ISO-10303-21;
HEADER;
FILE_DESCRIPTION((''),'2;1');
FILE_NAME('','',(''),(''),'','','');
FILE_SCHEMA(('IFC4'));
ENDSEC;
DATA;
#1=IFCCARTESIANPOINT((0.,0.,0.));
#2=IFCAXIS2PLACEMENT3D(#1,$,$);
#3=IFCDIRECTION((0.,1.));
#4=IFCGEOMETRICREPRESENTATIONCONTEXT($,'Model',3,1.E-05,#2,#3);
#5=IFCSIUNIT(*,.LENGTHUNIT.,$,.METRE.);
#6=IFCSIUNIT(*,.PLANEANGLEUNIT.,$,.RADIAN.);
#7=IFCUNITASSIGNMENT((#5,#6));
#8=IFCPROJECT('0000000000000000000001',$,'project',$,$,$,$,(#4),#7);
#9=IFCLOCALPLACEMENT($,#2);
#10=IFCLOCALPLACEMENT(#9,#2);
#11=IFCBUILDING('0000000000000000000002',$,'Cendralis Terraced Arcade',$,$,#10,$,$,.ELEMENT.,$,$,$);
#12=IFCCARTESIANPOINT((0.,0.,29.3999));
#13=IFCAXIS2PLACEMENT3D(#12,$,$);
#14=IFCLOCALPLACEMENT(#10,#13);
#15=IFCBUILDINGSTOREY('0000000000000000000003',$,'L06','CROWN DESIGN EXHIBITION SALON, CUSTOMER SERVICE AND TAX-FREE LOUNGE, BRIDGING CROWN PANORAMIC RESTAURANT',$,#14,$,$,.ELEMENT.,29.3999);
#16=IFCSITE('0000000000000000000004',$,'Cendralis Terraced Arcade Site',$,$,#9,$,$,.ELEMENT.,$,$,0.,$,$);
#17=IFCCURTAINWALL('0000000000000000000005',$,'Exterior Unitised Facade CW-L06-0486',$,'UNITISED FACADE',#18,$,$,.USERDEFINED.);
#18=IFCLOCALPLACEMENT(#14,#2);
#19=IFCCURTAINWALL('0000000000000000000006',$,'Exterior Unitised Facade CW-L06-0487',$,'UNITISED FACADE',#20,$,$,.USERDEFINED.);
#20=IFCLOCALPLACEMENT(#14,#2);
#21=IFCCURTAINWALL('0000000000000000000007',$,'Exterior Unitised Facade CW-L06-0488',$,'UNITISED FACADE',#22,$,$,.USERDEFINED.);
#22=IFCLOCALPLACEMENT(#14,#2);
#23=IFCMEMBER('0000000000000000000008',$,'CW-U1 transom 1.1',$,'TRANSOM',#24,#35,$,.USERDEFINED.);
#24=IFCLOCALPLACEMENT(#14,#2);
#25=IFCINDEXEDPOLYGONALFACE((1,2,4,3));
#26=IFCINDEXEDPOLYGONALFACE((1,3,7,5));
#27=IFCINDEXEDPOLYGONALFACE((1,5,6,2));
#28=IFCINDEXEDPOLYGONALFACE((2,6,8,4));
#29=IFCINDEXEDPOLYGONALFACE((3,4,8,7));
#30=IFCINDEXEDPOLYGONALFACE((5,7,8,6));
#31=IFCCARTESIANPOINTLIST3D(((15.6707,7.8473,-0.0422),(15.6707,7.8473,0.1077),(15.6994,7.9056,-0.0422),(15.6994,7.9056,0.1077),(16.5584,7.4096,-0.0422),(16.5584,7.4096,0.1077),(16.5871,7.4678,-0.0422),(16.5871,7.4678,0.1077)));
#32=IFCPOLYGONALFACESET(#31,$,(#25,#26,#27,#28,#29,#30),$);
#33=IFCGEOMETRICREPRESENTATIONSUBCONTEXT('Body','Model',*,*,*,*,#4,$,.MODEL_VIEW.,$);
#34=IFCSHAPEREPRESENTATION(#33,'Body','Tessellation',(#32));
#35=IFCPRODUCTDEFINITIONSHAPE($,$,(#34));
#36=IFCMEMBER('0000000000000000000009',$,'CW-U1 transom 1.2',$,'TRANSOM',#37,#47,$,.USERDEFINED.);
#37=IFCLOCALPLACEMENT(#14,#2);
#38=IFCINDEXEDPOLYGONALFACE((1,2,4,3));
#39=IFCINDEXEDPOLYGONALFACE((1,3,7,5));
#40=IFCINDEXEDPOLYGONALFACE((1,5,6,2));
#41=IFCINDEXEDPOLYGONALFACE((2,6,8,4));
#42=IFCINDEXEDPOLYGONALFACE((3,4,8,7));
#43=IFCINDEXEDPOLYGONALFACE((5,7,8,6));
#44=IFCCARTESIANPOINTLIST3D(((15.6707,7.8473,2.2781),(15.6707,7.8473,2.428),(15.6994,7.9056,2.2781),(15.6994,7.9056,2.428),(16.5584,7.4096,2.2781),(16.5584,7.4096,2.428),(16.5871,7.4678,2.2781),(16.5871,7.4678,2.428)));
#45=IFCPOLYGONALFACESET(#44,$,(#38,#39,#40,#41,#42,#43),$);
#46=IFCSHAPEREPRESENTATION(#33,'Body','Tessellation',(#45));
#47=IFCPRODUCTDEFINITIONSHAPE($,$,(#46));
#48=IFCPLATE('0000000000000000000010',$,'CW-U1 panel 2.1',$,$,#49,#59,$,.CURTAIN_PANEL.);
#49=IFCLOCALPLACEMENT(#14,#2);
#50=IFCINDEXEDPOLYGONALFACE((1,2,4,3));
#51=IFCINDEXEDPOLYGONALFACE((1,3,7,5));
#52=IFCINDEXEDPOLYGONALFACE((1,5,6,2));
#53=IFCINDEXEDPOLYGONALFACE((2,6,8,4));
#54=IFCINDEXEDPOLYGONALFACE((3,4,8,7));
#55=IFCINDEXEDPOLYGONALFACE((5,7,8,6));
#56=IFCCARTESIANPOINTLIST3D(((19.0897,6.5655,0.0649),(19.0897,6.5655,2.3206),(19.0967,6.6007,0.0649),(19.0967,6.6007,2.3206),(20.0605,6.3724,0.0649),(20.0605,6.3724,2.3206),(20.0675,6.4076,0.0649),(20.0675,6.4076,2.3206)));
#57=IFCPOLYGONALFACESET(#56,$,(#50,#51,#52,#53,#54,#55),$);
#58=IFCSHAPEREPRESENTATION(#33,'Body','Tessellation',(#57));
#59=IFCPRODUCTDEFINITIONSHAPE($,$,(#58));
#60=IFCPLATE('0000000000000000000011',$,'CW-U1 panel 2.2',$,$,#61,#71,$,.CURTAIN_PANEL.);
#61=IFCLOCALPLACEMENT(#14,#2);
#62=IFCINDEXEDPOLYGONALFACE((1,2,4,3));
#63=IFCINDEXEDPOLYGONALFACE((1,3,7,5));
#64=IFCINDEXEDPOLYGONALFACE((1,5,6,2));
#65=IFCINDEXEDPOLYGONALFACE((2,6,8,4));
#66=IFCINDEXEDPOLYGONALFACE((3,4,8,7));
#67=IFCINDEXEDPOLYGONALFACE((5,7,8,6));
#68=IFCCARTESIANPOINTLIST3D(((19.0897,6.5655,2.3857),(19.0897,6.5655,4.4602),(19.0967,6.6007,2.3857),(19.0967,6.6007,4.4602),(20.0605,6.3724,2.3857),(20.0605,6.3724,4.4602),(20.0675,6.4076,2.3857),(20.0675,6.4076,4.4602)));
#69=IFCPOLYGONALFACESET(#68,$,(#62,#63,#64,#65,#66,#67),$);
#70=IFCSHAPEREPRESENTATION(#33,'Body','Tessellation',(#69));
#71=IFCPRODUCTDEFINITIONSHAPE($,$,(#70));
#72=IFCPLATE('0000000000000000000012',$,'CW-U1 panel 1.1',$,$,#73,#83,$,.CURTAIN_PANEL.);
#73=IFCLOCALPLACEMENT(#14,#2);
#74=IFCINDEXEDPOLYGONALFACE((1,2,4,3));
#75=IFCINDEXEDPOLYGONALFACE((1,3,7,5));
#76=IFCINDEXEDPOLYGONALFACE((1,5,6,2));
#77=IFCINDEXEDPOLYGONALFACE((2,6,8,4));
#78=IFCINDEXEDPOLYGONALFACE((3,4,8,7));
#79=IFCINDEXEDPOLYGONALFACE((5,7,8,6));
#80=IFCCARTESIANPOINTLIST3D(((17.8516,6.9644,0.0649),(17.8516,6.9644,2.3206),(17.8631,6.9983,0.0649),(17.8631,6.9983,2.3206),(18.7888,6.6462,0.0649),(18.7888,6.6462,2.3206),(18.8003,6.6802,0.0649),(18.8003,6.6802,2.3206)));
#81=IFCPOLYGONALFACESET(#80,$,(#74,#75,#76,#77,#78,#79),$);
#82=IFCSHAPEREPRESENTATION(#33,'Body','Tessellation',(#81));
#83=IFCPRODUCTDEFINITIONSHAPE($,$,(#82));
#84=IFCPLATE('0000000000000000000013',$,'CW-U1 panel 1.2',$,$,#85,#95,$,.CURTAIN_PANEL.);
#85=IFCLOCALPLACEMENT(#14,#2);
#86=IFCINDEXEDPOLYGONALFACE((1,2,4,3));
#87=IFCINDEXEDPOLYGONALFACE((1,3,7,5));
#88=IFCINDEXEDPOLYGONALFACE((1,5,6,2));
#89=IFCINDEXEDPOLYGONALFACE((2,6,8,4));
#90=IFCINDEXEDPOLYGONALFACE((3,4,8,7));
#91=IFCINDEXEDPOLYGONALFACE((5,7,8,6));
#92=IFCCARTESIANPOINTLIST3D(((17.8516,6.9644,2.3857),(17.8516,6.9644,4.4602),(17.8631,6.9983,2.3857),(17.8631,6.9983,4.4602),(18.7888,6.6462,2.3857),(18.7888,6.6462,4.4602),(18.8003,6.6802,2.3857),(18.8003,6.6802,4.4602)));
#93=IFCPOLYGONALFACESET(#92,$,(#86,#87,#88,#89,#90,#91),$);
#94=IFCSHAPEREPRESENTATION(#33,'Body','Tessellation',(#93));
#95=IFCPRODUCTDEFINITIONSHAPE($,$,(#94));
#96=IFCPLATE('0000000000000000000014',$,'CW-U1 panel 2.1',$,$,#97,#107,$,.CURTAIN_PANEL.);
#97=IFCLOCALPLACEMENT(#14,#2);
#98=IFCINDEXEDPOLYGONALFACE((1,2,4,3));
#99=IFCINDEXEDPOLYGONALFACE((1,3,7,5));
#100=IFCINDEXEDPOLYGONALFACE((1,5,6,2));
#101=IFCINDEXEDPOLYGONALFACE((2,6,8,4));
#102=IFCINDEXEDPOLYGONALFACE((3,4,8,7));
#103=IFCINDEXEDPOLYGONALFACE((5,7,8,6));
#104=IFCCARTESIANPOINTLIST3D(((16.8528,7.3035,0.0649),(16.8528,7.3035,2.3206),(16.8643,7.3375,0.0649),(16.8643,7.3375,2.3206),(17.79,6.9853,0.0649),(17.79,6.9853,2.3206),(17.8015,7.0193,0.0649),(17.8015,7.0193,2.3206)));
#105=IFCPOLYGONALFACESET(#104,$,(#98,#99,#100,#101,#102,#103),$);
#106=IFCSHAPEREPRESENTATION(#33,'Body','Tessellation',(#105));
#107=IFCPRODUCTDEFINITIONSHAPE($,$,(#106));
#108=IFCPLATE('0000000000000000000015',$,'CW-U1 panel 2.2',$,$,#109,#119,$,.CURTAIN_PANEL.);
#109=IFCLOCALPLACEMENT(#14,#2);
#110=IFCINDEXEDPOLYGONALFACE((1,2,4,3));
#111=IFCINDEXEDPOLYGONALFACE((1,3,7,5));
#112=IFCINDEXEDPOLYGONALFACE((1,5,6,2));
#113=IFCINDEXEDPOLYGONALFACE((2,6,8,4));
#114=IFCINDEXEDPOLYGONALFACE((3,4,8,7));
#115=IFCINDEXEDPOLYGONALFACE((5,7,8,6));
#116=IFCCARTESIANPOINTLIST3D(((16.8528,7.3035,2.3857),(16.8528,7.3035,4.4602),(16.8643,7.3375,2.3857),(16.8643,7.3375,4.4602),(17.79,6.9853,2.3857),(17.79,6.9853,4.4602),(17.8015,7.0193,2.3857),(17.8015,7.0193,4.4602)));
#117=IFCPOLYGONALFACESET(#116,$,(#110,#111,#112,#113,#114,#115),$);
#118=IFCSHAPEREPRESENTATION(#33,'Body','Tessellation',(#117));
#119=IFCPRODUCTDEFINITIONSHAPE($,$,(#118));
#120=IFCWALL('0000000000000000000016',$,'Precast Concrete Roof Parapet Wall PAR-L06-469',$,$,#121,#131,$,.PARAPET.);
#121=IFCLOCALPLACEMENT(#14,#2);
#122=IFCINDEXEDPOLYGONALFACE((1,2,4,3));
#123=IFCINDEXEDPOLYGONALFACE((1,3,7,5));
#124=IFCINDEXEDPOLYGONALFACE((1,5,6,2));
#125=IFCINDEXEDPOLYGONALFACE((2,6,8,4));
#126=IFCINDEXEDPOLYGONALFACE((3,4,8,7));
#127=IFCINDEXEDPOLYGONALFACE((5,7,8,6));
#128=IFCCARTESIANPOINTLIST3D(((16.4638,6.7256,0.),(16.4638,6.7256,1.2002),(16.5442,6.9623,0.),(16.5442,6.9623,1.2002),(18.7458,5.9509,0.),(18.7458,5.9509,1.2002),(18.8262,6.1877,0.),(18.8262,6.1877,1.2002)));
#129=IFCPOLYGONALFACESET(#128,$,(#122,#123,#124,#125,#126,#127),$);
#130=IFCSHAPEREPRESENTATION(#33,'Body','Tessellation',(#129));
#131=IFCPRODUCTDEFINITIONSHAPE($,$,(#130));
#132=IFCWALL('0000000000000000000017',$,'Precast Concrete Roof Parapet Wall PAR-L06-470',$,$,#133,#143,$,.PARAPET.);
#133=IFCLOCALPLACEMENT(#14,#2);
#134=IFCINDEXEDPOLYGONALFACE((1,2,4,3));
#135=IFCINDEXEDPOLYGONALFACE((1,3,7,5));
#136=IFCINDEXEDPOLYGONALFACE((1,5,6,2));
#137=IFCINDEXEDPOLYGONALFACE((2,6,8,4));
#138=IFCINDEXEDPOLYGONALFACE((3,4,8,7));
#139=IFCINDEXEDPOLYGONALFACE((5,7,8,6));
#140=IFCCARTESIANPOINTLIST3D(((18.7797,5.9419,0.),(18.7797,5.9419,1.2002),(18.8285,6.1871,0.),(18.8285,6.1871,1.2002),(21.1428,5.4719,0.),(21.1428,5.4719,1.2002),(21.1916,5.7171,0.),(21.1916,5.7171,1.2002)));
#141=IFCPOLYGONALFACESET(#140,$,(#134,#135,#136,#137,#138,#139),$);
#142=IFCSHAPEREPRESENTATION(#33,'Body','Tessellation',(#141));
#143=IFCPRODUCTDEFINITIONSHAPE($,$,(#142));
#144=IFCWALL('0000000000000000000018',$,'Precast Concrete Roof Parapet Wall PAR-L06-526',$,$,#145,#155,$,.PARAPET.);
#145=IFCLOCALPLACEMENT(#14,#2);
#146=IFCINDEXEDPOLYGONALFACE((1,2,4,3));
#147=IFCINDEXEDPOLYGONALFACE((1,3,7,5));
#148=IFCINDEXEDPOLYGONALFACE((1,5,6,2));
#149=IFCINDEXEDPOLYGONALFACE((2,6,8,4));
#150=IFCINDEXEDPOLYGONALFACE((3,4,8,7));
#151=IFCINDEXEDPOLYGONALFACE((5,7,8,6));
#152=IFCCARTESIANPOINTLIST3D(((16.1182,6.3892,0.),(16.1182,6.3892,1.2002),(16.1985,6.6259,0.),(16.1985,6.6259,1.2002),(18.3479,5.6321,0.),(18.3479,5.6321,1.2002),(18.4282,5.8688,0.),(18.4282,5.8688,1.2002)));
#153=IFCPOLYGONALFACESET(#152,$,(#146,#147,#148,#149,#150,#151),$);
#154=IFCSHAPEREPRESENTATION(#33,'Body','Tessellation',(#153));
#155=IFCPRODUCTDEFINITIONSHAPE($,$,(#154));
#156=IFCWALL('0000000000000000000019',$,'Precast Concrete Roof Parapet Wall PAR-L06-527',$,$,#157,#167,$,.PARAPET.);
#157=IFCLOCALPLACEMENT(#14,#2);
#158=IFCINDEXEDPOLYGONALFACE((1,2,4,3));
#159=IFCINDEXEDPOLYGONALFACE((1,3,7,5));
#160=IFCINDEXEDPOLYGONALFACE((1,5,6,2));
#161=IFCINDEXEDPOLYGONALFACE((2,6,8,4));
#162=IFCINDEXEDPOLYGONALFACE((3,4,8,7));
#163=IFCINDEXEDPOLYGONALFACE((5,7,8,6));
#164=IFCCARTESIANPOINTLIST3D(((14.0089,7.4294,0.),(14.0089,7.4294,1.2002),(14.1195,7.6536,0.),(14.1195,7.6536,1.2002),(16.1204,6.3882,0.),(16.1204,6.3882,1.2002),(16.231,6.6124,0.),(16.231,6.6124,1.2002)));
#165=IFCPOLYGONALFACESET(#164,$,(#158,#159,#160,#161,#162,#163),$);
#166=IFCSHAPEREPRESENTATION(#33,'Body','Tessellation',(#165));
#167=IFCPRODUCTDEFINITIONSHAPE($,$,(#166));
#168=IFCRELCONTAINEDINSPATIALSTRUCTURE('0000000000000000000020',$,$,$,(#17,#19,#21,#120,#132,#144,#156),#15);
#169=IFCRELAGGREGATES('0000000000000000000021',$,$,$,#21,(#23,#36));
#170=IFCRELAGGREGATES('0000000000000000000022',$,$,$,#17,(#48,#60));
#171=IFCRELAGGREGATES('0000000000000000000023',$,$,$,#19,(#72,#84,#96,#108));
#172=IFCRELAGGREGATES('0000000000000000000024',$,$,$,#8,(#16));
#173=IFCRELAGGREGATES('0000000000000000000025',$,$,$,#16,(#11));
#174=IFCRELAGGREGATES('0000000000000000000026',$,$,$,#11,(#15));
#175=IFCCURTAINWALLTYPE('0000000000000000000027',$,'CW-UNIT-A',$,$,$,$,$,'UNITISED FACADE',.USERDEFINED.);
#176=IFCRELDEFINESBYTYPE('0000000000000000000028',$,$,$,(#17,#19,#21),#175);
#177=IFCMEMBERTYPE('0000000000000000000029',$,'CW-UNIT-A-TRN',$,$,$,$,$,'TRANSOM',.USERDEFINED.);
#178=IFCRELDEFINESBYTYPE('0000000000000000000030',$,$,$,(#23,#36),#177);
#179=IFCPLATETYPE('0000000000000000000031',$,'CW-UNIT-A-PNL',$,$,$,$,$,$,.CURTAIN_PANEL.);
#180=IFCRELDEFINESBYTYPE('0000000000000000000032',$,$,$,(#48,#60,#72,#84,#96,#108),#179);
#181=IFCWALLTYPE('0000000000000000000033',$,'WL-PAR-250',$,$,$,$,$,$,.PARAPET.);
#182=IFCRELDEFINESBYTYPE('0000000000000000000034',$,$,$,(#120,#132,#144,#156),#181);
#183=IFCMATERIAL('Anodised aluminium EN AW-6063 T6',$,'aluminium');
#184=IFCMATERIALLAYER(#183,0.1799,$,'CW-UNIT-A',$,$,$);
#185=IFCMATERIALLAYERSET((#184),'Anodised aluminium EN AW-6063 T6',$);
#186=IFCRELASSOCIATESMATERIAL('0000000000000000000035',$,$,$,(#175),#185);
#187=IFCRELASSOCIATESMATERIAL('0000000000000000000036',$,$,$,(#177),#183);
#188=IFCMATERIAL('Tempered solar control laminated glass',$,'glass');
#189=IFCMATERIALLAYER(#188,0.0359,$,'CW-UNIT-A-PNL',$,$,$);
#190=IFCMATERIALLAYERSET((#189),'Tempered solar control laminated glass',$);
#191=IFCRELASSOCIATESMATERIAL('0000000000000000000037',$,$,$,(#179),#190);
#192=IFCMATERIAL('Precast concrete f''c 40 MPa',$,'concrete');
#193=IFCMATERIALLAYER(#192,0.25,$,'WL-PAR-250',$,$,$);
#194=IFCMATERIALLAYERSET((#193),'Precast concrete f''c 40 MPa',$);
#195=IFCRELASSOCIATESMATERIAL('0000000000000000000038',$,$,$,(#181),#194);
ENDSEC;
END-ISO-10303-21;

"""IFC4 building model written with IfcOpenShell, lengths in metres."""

from ifc_helpers import new_model, si_unit, direction, frame, frame_2d, origin, origin_2d, place, context, subcontext, project, spatial, rectangle, extrude, material, layer, layer_set, material_profile, profile_set, type_object, element, aggregate, save


model = new_model("IFC4")

# Units and contexts
model_context = context("Model", 3, precision=1e-05, world=origin(), true_north=direction((0.0, 1.0)))
body_context = subcontext(model_context, "Body", "Model", "MODEL_VIEW")
ifc_project = project(units=[si_unit("LENGTHUNIT", "METRE"), si_unit("PLANEANGLEUNIT", "RADIAN")], contexts=[model_context])

# Site, building, storey
site_placement = place(None, origin())
site = spatial("IfcSite", under=ifc_project, at=site_placement, Name="Cendralis Terraced Arcade Site", CompositionType="ELEMENT", RefElevation=0.0)
building_placement = place(site_placement, origin())
building = spatial("IfcBuilding", under=site, at=building_placement, Name="Cendralis Terraced Arcade", CompositionType="ELEMENT")
storey_placement = place(building_placement, frame((0.0, 0.0, 29.3999)))
storey = spatial("IfcBuildingStorey", under=building, at=storey_placement, Name="L06", Description="CROWN DESIGN EXHIBITION SALON, CUSTOMER SERVICE AND TAX-FREE LOUNGE, BRIDGING CROWN PANORAMIC RESTAURANT", CompositionType="ELEMENT", Elevation=29.3999)

# Curtain wall
ifc_material_1 = material(Name="Anodised aluminium EN AW-6063 T6", Category="aluminium")
ifc_layer_1 = layer(ifc_material_1, 0.1799, Name="CW-UNIT-A")
ifc_layer_set_1 = layer_set([ifc_layer_1], Name="Anodised aluminium EN AW-6063 T6")
curtain_wall_type = type_object("IfcCurtainWallType", Name="CW-UNIT-A", ElementType="UNITISED FACADE", PredefinedType="USERDEFINED", material=ifc_layer_set_1)
curtain_wall_1_placement = place(storey_placement, origin())
curtain_wall_1 = element("IfcCurtainWall", 1, at=curtain_wall_1_placement, inside=storey, type_object=curtain_wall_type, Name="Exterior Unitised Facade CW-L06-0486", ObjectType="UNITISED FACADE", PredefinedType="USERDEFINED")

# Curtain wall
curtain_wall_2_placement = place(storey_placement, origin())
curtain_wall_2 = element("IfcCurtainWall", 2, at=curtain_wall_2_placement, inside=storey, type_object=curtain_wall_type, Name="Exterior Unitised Facade CW-L06-0487", ObjectType="UNITISED FACADE", PredefinedType="USERDEFINED")

# Curtain wall
curtain_wall_3_placement = place(storey_placement, origin())
curtain_wall_3 = element("IfcCurtainWall", 3, at=curtain_wall_3_placement, inside=storey, type_object=curtain_wall_type, Name="Exterior Unitised Facade CW-L06-0488", ObjectType="UNITISED FACADE", PredefinedType="USERDEFINED")

# Members
ifc_material_profile_1 = material_profile(ifc_material_1, rectangle(XDim=0.0649, YDim=0.1499, at=origin_2d()), Name="ALU-TRN-65x150")
ifc_profile_set_1 = profile_set([ifc_material_profile_1], Name="Anodised aluminium EN AW-6063 T6")
member_type_1 = type_object("IfcMemberType", Name="CW-UNIT-A-TRN", ElementType="TRANSOM", PredefinedType="USERDEFINED", material=ifc_profile_set_1)
member_1_placement = place(storey_placement, frame((16.5728, 7.4387, 0.0327), z_axis=(-0.89688, 0.442273, 0.0), x_axis=(-0.442273, -0.89688, 0.0)))
member_1 = element("IfcMember", 4, at=member_1_placement, type_object=member_type_1, Name="CW-U1 transom 1.1", ObjectType="TRANSOM", PredefinedType="USERDEFINED", context=body_context, shape_type="SweptSolid", body=[
    extrude(rectangle(XDim=0.0649, YDim=0.1499, at=origin_2d()), origin(), (0.0, 0.0, 1.0), 0.9897),
])
member_2_placement = place(storey_placement, frame((16.5728, 7.4387, 2.353), z_axis=(-0.89688, 0.442273, 0.0), x_axis=(-0.442273, -0.89688, 0.0)))
member_2 = element("IfcMember", 5, at=member_2_placement, type_object=member_type_1, Name="CW-U1 transom 1.2", ObjectType="TRANSOM", PredefinedType="USERDEFINED", context=body_context, shape_type="SweptSolid", body=[
    extrude(rectangle(XDim=0.0649, YDim=0.1499, at=origin_2d()), origin(), (0.0, 0.0, 1.0), 0.9897),
])
aggregate(curtain_wall_3, [member_1, member_2])

# Plates
ifc_material_2 = material(Name="Tempered solar control laminated glass", Category="glass")
ifc_layer_2 = layer(ifc_material_2, 0.0359, Name="CW-UNIT-A-PNL")
ifc_layer_set_2 = layer_set([ifc_layer_2], Name="Tempered solar control laminated glass")
plate_type = type_object("IfcPlateType", Name="CW-UNIT-A-PNL", PredefinedType="CURTAIN_PANEL", material=ifc_layer_set_2)
plate_1_placement = place(storey_placement, frame((19.5786, 6.4866, 0.0649), z_axis=(0.0, 0.0, 1.0), x_axis=(-0.980794, 0.195046, 0.0)))
plate_1 = element("IfcPlate", 6, at=plate_1_placement, type_object=plate_type, Name="CW-U1 panel 2.1", PredefinedType="CURTAIN_PANEL", context=body_context, shape_type="SweptSolid", body=[
    extrude(rectangle(XDim=0.9897, YDim=0.0359, at=origin_2d()), origin(), (0.0, 0.0, 1.0), 2.2556),
])
plate_2_placement = place(storey_placement, frame((19.5786, 6.4866, 2.3857), z_axis=(0.0, 0.0, 1.0), x_axis=(-0.980794, 0.195046, 0.0)))
plate_2 = element("IfcPlate", 7, at=plate_2_placement, type_object=plate_type, Name="CW-U1 panel 2.2", PredefinedType="CURTAIN_PANEL", context=body_context, shape_type="SweptSolid", body=[
    extrude(rectangle(XDim=0.9897, YDim=0.0359, at=origin_2d()), origin(), (0.0, 0.0, 1.0), 2.0745),
])
aggregate(curtain_wall_1, [plate_1, plate_2])
plate_3_placement = place(storey_placement, frame((18.3259, 6.8223, 0.0649), z_axis=(0.0, 0.0, 1.0), x_axis=(-0.946917, 0.321479, 0.0)))
plate_3 = element("IfcPlate", 8, at=plate_3_placement, type_object=plate_type, Name="CW-U1 panel 1.1", PredefinedType="CURTAIN_PANEL", context=body_context, shape_type="SweptSolid", body=[
    extrude(rectangle(XDim=0.9897, YDim=0.0359, at=origin_2d()), origin(), (0.0, 0.0, 1.0), 2.2556),
])
plate_4_placement = place(storey_placement, frame((18.3259, 6.8223, 2.3857), z_axis=(0.0, 0.0, 1.0), x_axis=(-0.946917, 0.321479, 0.0)))
plate_4 = element("IfcPlate", 9, at=plate_4_placement, type_object=plate_type, Name="CW-U1 panel 1.2", PredefinedType="CURTAIN_PANEL", context=body_context, shape_type="SweptSolid", body=[
    extrude(rectangle(XDim=0.9897, YDim=0.0359, at=origin_2d()), origin(), (0.0, 0.0, 1.0), 2.0745),
])
plate_5_placement = place(storey_placement, frame((17.3271, 7.1614, 0.0649), z_axis=(0.0, 0.0, 1.0), x_axis=(-0.946917, 0.321479, 0.0)))
plate_5 = element("IfcPlate", 10, at=plate_5_placement, type_object=plate_type, Name="CW-U1 panel 2.1", PredefinedType="CURTAIN_PANEL", context=body_context, shape_type="SweptSolid", body=[
    extrude(rectangle(XDim=0.9897, YDim=0.0359, at=origin_2d()), origin(), (0.0, 0.0, 1.0), 2.2556),
])
plate_6_placement = place(storey_placement, frame((17.3271, 7.1614, 2.3857), z_axis=(0.0, 0.0, 1.0), x_axis=(-0.946917, 0.321479, 0.0)))
plate_6 = element("IfcPlate", 11, at=plate_6_placement, type_object=plate_type, Name="CW-U1 panel 2.2", PredefinedType="CURTAIN_PANEL", context=body_context, shape_type="SweptSolid", body=[
    extrude(rectangle(XDim=0.9897, YDim=0.0359, at=origin_2d()), origin(), (0.0, 0.0, 1.0), 2.0745),
])
aggregate(curtain_wall_2, [plate_3, plate_4, plate_5, plate_6])

# Walls
ifc_material_3 = material(Name="Precast concrete f'c 40 MPa", Category="concrete")
ifc_layer_3 = layer(ifc_material_3, 0.25, Name="WL-PAR-250")
ifc_layer_set_3 = layer_set([ifc_layer_3], Name="Precast concrete f'c 40 MPa")
wall_type = type_object("IfcWallType", Name="WL-PAR-250", PredefinedType="PARAPET", material=ifc_layer_set_3)
wall_1_placement = place(storey_placement, frame((16.5039, 6.844, 0.0), z_axis=(0.0, 0.0, 1.0), x_axis=(0.946926, -0.32145, 0.0)))
element("IfcWall", 12, at=wall_1_placement, inside=storey, type_object=wall_type, Name="Precast Concrete Roof Parapet Wall PAR-L06-469", PredefinedType="PARAPET", context=body_context, shape_type="SweptSolid", body=[
    extrude(rectangle(XDim=2.4099, YDim=0.25, at=frame_2d((1.2051, 0.0))), origin(), (0.0, 0.0, 1.0), 1.2002),
])
wall_2_placement = place(storey_placement, frame((18.8042, 6.0645, 0.0), z_axis=(0.0, 0.0, 1.0), x_axis=(0.980791, -0.195064, 0.0)))
element("IfcWall", 13, at=wall_2_placement, inside=storey, type_object=wall_type, Name="Precast Concrete Roof Parapet Wall PAR-L06-470", PredefinedType="PARAPET", context=body_context, shape_type="SweptSolid", body=[
    extrude(rectangle(XDim=2.4094, YDim=0.25, at=frame_2d((1.2046, 0.0))), origin(), (0.0, 0.0, 1.0), 1.2002),
])
wall_3_placement = place(storey_placement, frame((18.3879, 5.7505, 0.0), z_axis=(0.0, 0.0, 1.0), x_axis=(-0.946906, 0.321511, 0.0)))
element("IfcWall", 14, at=wall_3_placement, inside=storey, type_object=wall_type, Name="Precast Concrete Roof Parapet Wall PAR-L06-526", PredefinedType="PARAPET", context=body_context, shape_type="SweptSolid", body=[
    extrude(rectangle(XDim=2.3547, YDim=0.25, at=frame_2d((1.1772, 0.0))), origin(), (0.0, 0.0, 1.0), 1.2002),
])
wall_4_placement = place(storey_placement, frame((16.1758, 6.5002, 0.0), z_axis=(0.0, 0.0, 1.0), x_axis=(-0.896882, 0.442271, 0.0)))
element("IfcWall", 15, at=wall_4_placement, inside=storey, type_object=wall_type, Name="Precast Concrete Roof Parapet Wall PAR-L06-527", PredefinedType="PARAPET", context=body_context, shape_type="SweptSolid", body=[
    extrude(rectangle(XDim=2.3542, YDim=0.25, at=frame_2d((1.1772, 0.0))), origin(), (0.0, 0.0, 1.0), 1.2002),
])

save(model, "model.ifc")
